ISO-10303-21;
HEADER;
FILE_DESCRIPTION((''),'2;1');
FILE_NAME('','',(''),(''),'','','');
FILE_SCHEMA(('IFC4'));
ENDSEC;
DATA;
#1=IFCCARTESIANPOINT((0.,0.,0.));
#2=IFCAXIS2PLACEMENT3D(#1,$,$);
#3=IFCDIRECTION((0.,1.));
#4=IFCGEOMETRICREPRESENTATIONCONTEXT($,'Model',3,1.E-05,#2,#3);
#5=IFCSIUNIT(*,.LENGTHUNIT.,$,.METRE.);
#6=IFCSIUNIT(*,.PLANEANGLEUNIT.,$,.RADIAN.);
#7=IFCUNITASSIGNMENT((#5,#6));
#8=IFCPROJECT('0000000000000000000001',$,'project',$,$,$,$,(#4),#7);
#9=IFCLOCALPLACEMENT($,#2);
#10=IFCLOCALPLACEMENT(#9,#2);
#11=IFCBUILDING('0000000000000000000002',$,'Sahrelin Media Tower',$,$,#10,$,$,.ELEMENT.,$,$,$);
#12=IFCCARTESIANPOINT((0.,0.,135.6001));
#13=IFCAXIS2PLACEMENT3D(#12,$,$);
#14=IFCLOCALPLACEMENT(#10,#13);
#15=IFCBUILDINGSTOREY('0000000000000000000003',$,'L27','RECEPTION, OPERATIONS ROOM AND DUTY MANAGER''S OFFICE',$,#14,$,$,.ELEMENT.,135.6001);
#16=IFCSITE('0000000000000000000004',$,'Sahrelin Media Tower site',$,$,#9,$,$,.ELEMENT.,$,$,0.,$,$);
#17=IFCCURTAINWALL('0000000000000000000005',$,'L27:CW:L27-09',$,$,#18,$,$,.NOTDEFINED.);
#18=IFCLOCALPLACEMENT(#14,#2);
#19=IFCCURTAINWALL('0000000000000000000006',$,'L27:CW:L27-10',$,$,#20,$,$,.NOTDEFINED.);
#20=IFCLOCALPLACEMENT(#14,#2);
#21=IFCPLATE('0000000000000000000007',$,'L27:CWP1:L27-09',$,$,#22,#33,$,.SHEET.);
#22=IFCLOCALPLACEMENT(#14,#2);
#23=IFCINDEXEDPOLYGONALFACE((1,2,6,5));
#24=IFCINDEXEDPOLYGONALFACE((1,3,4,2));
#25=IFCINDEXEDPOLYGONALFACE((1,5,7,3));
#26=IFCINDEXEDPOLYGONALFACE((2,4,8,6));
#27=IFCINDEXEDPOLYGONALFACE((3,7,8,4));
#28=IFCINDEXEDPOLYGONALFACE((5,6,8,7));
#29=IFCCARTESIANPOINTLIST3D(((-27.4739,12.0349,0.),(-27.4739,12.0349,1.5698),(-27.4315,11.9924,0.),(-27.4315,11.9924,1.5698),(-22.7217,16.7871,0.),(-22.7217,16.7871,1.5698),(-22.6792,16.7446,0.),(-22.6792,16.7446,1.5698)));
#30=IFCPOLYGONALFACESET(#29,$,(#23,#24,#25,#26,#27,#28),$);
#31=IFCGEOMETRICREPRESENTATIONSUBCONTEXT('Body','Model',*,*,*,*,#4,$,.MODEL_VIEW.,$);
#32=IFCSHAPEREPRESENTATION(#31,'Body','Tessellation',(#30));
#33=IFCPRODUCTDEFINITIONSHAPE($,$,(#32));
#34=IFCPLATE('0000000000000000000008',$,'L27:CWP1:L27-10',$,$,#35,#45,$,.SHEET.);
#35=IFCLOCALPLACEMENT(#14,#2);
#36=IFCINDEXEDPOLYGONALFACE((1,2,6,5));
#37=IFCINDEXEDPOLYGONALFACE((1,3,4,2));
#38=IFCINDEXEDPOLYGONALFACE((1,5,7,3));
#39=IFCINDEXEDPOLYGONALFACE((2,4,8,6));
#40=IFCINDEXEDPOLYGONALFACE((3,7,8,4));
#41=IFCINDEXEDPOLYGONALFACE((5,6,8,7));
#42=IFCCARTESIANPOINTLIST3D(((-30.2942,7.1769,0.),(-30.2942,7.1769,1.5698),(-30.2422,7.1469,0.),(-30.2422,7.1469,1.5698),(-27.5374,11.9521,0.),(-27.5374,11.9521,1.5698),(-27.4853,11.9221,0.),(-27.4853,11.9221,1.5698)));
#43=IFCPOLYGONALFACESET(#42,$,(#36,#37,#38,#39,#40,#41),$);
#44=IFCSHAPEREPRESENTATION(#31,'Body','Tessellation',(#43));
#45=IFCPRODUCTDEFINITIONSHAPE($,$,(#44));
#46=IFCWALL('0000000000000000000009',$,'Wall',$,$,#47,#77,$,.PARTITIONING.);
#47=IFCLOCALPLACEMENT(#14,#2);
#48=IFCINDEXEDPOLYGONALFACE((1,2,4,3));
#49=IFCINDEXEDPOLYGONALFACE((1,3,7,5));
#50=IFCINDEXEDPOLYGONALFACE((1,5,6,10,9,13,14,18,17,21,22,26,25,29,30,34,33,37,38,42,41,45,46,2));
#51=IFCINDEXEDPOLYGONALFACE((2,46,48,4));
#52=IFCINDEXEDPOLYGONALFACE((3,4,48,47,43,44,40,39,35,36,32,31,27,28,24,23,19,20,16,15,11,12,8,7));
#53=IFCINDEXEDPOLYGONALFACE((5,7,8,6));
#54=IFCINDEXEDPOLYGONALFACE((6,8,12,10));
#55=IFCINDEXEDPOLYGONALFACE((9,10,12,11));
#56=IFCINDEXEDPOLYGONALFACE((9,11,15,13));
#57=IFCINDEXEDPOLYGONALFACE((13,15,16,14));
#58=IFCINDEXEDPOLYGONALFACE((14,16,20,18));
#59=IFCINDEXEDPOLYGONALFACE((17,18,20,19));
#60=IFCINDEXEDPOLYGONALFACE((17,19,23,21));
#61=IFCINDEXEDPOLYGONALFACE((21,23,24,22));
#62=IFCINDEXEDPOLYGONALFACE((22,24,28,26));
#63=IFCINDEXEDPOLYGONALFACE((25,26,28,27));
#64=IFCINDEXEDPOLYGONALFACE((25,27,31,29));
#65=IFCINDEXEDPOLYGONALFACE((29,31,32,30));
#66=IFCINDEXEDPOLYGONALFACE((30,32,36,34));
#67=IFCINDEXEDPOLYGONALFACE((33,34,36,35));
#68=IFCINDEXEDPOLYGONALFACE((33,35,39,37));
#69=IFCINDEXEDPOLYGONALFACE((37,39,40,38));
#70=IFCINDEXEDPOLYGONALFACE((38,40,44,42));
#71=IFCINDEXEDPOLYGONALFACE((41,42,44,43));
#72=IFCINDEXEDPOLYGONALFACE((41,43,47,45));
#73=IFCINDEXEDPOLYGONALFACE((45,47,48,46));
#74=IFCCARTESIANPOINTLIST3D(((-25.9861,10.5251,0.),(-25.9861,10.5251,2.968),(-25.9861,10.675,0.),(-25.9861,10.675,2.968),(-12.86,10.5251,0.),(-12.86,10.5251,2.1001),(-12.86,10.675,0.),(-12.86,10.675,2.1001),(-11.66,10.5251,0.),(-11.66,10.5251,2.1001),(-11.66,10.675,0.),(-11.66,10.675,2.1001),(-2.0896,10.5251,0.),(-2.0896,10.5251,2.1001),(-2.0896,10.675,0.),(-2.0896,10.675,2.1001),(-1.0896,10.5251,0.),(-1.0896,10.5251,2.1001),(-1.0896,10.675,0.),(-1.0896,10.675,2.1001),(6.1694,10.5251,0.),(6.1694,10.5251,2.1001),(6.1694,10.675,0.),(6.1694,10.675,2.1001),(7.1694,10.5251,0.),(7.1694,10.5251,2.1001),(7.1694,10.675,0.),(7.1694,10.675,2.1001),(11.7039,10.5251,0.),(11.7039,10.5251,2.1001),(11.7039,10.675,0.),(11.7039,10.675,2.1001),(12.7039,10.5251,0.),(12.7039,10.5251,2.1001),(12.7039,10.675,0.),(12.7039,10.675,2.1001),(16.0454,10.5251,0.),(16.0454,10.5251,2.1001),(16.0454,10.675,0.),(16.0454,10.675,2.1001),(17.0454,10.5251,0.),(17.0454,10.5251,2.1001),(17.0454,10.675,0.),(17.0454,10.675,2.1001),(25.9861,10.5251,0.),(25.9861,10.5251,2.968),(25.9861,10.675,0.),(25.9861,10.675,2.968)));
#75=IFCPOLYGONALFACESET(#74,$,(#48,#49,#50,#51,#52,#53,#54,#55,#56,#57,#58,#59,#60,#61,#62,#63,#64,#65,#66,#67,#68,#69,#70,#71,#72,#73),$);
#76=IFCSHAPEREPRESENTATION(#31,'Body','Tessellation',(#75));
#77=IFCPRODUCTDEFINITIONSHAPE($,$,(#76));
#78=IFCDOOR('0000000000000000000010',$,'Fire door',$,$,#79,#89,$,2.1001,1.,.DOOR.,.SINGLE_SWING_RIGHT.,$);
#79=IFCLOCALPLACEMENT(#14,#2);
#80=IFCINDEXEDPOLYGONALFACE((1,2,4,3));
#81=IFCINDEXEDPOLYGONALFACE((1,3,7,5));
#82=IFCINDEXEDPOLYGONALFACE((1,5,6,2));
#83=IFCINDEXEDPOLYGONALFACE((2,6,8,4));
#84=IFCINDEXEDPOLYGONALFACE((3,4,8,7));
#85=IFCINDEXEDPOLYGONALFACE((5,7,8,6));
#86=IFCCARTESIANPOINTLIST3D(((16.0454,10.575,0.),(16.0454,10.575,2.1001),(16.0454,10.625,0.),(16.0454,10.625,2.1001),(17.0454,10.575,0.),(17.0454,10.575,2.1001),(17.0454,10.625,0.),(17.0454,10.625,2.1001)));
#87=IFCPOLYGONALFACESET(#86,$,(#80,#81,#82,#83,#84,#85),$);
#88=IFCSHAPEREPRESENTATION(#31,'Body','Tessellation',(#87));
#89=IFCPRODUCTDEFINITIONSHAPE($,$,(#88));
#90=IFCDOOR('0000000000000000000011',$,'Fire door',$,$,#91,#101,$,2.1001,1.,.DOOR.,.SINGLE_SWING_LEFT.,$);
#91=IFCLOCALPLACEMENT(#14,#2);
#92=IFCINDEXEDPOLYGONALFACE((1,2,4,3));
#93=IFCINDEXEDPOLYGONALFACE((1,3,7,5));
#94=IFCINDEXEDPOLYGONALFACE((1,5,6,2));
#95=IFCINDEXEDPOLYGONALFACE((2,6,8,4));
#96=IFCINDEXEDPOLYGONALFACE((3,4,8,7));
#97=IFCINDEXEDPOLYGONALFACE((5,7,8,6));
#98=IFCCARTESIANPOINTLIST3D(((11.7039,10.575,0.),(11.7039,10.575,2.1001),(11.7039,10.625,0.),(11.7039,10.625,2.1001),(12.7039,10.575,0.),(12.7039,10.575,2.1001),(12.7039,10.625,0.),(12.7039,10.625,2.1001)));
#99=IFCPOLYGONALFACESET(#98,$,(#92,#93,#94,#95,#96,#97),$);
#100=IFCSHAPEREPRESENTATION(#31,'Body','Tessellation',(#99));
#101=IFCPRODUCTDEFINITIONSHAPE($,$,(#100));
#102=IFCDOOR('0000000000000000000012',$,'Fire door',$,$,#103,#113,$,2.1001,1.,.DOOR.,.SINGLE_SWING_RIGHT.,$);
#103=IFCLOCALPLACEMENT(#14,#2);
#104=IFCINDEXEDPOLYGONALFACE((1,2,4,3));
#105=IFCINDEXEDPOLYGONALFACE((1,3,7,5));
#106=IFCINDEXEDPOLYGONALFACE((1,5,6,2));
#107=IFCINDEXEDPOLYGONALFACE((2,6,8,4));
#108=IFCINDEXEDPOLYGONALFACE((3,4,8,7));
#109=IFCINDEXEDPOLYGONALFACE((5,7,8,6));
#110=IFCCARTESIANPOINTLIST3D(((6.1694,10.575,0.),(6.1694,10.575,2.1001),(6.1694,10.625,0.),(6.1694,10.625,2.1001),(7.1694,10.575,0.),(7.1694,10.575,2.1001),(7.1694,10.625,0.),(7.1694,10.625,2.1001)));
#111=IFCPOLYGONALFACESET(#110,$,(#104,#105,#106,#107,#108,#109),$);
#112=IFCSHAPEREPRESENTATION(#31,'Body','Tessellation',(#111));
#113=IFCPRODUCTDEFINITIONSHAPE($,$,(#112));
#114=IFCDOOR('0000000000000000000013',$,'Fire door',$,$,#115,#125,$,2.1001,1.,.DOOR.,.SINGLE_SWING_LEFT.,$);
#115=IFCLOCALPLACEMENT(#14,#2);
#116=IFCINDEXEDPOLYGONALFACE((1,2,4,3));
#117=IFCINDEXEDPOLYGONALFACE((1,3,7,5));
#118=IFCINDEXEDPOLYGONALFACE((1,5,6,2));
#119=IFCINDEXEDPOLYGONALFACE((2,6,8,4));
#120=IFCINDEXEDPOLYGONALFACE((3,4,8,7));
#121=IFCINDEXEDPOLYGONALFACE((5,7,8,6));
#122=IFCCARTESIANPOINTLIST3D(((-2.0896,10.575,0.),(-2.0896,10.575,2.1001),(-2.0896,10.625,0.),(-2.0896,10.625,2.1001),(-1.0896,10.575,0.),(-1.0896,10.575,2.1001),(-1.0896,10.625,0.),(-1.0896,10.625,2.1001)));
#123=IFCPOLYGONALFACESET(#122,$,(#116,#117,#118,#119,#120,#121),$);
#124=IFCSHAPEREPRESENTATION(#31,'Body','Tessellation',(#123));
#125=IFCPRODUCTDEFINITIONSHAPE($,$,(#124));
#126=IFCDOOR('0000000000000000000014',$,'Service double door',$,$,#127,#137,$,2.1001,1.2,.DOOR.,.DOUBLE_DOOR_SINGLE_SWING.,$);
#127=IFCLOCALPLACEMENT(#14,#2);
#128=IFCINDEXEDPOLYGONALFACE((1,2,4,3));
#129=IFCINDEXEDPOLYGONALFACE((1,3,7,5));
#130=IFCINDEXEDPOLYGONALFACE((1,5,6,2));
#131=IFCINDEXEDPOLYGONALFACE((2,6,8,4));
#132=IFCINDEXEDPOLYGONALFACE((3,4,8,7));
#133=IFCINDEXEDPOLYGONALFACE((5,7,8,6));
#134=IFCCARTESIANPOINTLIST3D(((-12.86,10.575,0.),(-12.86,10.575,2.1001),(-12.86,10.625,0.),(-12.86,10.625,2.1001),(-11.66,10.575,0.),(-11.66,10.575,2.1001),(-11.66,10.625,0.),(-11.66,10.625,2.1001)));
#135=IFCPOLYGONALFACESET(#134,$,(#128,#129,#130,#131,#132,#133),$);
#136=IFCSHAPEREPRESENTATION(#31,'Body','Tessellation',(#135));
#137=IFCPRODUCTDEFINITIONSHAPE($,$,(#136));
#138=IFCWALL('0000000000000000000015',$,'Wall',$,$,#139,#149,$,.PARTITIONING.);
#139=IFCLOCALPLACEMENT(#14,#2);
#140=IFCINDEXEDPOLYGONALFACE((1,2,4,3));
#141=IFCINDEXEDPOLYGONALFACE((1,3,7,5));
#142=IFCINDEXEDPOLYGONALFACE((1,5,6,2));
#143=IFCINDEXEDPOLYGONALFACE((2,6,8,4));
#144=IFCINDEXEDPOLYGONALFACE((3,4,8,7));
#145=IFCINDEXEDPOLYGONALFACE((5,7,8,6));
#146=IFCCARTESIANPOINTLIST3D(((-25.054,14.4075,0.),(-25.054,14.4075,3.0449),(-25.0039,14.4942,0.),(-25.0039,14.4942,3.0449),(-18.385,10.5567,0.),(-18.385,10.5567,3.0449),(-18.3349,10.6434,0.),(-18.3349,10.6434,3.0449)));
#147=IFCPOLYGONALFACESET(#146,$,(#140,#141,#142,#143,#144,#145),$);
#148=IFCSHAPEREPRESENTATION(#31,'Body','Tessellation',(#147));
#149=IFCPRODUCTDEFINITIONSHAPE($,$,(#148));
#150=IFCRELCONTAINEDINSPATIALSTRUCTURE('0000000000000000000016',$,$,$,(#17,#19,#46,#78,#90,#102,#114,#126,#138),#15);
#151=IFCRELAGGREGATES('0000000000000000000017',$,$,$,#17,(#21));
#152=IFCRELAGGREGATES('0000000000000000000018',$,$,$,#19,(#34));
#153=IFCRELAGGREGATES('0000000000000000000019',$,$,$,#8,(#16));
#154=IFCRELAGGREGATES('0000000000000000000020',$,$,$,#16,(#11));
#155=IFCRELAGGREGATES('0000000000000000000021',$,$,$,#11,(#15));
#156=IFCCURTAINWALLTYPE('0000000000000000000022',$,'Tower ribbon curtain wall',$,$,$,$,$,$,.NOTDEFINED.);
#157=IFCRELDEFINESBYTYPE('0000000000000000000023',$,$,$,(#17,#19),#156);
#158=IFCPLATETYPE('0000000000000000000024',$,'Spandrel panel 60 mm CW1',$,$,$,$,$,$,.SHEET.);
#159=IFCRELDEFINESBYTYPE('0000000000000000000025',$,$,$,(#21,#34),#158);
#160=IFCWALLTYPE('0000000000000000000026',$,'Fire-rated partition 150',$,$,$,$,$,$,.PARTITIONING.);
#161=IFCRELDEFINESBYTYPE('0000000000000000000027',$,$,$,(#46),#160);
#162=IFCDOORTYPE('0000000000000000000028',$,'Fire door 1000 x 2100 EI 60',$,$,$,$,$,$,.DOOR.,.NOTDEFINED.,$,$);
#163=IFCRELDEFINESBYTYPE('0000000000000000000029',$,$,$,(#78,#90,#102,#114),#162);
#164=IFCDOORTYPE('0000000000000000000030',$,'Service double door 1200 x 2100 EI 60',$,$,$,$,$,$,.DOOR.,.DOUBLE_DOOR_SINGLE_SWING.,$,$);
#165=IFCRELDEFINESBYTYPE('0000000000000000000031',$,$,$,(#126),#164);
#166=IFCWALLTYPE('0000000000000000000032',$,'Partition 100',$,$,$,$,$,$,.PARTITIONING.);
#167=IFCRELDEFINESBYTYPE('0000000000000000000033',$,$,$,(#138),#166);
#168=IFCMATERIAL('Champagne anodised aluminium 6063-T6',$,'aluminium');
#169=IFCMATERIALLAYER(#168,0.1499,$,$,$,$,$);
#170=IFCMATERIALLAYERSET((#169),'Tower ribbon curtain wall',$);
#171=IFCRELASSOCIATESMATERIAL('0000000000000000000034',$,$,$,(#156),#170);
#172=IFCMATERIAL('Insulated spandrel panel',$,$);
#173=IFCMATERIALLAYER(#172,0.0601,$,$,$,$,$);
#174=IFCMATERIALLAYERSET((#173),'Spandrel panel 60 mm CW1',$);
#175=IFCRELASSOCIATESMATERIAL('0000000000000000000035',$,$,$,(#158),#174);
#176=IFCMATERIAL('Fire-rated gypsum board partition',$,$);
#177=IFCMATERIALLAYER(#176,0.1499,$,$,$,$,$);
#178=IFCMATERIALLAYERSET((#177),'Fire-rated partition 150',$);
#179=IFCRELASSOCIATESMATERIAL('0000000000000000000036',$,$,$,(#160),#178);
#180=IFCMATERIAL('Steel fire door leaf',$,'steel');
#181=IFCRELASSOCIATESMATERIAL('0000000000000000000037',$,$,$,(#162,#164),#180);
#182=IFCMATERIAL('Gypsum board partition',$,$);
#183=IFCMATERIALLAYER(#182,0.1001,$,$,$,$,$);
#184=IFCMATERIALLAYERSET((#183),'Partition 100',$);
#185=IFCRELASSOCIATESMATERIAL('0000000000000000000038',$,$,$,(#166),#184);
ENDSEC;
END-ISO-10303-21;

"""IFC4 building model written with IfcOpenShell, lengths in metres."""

from ifc_helpers import new_model, si_unit, direction, frame, frame_2d, origin, place, context, subcontext, project, spatial, polyline, rectangle, outline, extrude, material, layer, layer_set, type_object, element, fill, aggregate, save


model = new_model("IFC4")

# Units and contexts
model_context = context("Model", 3, precision=1e-05, world=origin(), true_north=direction((0.0, 1.0)))
body_context = subcontext(model_context, "Body", "Model", "MODEL_VIEW")
ifc_project = project(units=[si_unit("LENGTHUNIT", "METRE"), si_unit("PLANEANGLEUNIT", "RADIAN")], contexts=[model_context])

# Site, building, storey
site_placement = place(None, origin())
site = spatial("IfcSite", under=ifc_project, at=site_placement, Name="Sahrelin Media Tower site", CompositionType="ELEMENT", RefElevation=0.0)
building_placement = place(site_placement, origin())
building = spatial("IfcBuilding", under=site, at=building_placement, Name="Sahrelin Media Tower", CompositionType="ELEMENT")
storey_placement = place(building_placement, frame((0.0, 0.0, 135.6001)))
storey = spatial("IfcBuildingStorey", under=building, at=storey_placement, Name="L27", Description="RECEPTION, OPERATIONS ROOM AND DUTY MANAGER'S OFFICE", CompositionType="ELEMENT", Elevation=135.6001)

# Curtain wall
ifc_material_1 = material(Name="Champagne anodised aluminium 6063-T6", Category="aluminium")
ifc_layer_1 = layer(ifc_material_1, 0.1499)
ifc_layer_set_1 = layer_set([ifc_layer_1], Name="Tower ribbon curtain wall")
curtain_wall_type = type_object("IfcCurtainWallType", Name="Tower ribbon curtain wall", PredefinedType="NOTDEFINED", material=ifc_layer_set_1)
curtain_wall_1_placement = place(storey_placement, frame((-25.0835, 14.3967, 0.0), z_axis=(0.0, 0.0, 1.0), x_axis=(1.0, 0.0, 0.0)))
curtain_wall_1 = element("IfcCurtainWall", 1, at=curtain_wall_1_placement, inside=storey, type_object=curtain_wall_type, Name="L27:CW:L27-09", PredefinedType="NOTDEFINED")

# Curtain wall
curtain_wall_2_placement = place(storey_placement, frame((-28.8984, 9.5547, 0.0), z_axis=(0.0, 0.0, 1.0), x_axis=(1.0, 0.0, 0.0)))
curtain_wall_2 = element("IfcCurtainWall", 2, at=curtain_wall_2_placement, inside=storey, type_object=curtain_wall_type, Name="L27:CW:L27-10", PredefinedType="NOTDEFINED")

# Plates
ifc_material_2 = material(Name="Insulated spandrel panel")
ifc_layer_2 = layer(ifc_material_2, 0.0601)
ifc_layer_set_2 = layer_set([ifc_layer_2], Name="Spandrel panel 60 mm CW1")
plate_type_1 = type_object("IfcPlateType", Name="Spandrel panel 60 mm CW1", PredefinedType="SHEET", material=ifc_layer_set_2)
plate_1_placement = place(storey_placement, frame((-22.7217, 16.7871, 0.0), z_axis=(-0.707107, 0.707107, 0.0), x_axis=(-0.707107, -0.707107, 0.0)))
plate_1 = element("IfcPlate", 3, at=plate_1_placement, type_object=plate_type_1, Name="L27:CWP1:L27-09", PredefinedType="SHEET", context=body_context, shape_type="SweptSolid", body=[
    extrude(outline(polyline([(0.0, 0.0), (6.7207, 0.0), (6.7207, 1.5698), (0.0, 1.5698), (0.0, 0.0)])), origin(), (0.0, 0.0, -1.0), 0.0601),
])
aggregate(curtain_wall_1, [plate_1])
plate_2_placement = place(storey_placement, frame((-27.5374, 11.9521, 0.0), z_axis=(-0.866033, 0.499987, 0.0), x_axis=(-0.499987, -0.866033, 0.0)))
plate_2 = element("IfcPlate", 4, at=plate_2_placement, type_object=plate_type_1, Name="L27:CWP1:L27-10", PredefinedType="SHEET", context=body_context, shape_type="SweptSolid", body=[
    extrude(outline(polyline([(0.0, 0.0), (5.5139, 0.0), (5.5139, 1.5698), (0.0, 1.5698), (0.0, 0.0)])), origin(), (0.0, 0.0, -1.0), 0.0601),
])
aggregate(curtain_wall_2, [plate_2])

# Wall, openings, doors
ifc_material_3 = material(Name="Fire-rated gypsum board partition")
ifc_layer_3 = layer(ifc_material_3, 0.1499)
ifc_layer_set_3 = layer_set([ifc_layer_3], Name="Fire-rated partition 150")
wall_type_1 = type_object("IfcWallType", Name="Fire-rated partition 150", PredefinedType="PARTITIONING", material=ifc_layer_set_3)
wall_1_placement = place(storey_placement, frame((-25.9861, 10.6001, 0.0), z_axis=(0.0, 0.0, 1.0), x_axis=(1.0, 0.0, 0.0)))
wall_1 = element("IfcWall", 5, at=wall_1_placement, inside=storey, type_object=wall_type_1, Name="Wall", PredefinedType="PARTITIONING", context=body_context, shape_type="SweptSolid", body=[
    extrude(rectangle(XDim=51.9722, YDim=0.1499, at=frame_2d((25.9861, 0.0))), origin(), (0.0, 0.0, 1.0), 2.968),
])
opening_1_placement = place(wall_1_placement, frame((42.0315, 0.0, 0.0)))
opening_1 = element("IfcOpeningElement", 6, at=opening_1_placement, cuts=wall_1, PredefinedType="OPENING", context=body_context, shape_type="SweptSolid", body=[
    extrude(rectangle(XDim=1.0, YDim=2.1001, at=frame_2d((0.5, 1.05))), frame((0.0, 0.075, 0.0), z_axis=(0.0, -1.0, 0.0), x_axis=(1.0, 0.0, 0.0)), (0.0, 0.0, 1.0), 0.1499),
])
opening_2_placement = place(wall_1_placement, frame((37.6899, 0.0, 0.0)))
opening_2 = element("IfcOpeningElement", 7, at=opening_2_placement, cuts=wall_1, PredefinedType="OPENING", context=body_context, shape_type="SweptSolid", body=[
    extrude(rectangle(XDim=1.0, YDim=2.1001, at=frame_2d((0.5, 1.05))), frame((0.0, 0.075, 0.0), z_axis=(0.0, -1.0, 0.0), x_axis=(1.0, 0.0, 0.0)), (0.0, 0.0, 1.0), 0.1499),
])
opening_3_placement = place(wall_1_placement, frame((32.1555, 0.0, 0.0)))
opening_3 = element("IfcOpeningElement", 8, at=opening_3_placement, cuts=wall_1, PredefinedType="OPENING", context=body_context, shape_type="SweptSolid", body=[
    extrude(rectangle(XDim=1.0, YDim=2.1001, at=frame_2d((0.5, 1.05))), frame((0.0, 0.075, 0.0), z_axis=(0.0, -1.0, 0.0), x_axis=(1.0, 0.0, 0.0)), (0.0, 0.0, 1.0), 0.1499),
])
opening_4_placement = place(wall_1_placement, frame((23.8965, 0.0, 0.0)))
opening_4 = element("IfcOpeningElement", 9, at=opening_4_placement, cuts=wall_1, PredefinedType="OPENING", context=body_context, shape_type="SweptSolid", body=[
    extrude(rectangle(XDim=1.0, YDim=2.1001, at=frame_2d((0.5, 1.05))), frame((0.0, 0.075, 0.0), z_axis=(0.0, -1.0, 0.0), x_axis=(1.0, 0.0, 0.0)), (0.0, 0.0, 1.0), 0.1499),
])
opening_5_placement = place(wall_1_placement, frame((13.126, 0.0, 0.0)))
opening_5 = element("IfcOpeningElement", 10, at=opening_5_placement, cuts=wall_1, PredefinedType="OPENING", context=body_context, shape_type="SweptSolid", body=[
    extrude(rectangle(XDim=1.2, YDim=2.1001, at=frame_2d((0.6001, 1.05))), frame((0.0, 0.075, 0.0), z_axis=(0.0, -1.0, 0.0), x_axis=(1.0, 0.0, 0.0)), (0.0, 0.0, 1.0), 0.1499),
])
ifc_material_4 = material(Name="Steel fire door leaf", Category="steel")
door_type_1 = type_object("IfcDoorType", Name="Fire door 1000 x 2100 EI 60", OperationType="NOTDEFINED", PredefinedType="DOOR", material=ifc_material_4)
door_1_placement = place(opening_1_placement, origin())
door_1 = element("IfcDoor", 11, at=door_1_placement, inside=storey, type_object=door_type_1, Name="Fire door", OperationType="SINGLE_SWING_RIGHT", OverallHeight=2.1001, OverallWidth=1.0, PredefinedType="DOOR", context=body_context, shape_type="SweptSolid", body=[
    extrude(rectangle(XDim=1.0, YDim=2.1001, at=frame_2d((0.5, 1.05))), frame((0.0, 0.0249, 0.0), z_axis=(0.0, -1.0, 0.0), x_axis=(1.0, 0.0, 0.0)), (0.0, 0.0, 1.0), 0.05),
])
fill(opening_1, door_1)
door_2_placement = place(opening_2_placement, origin())
door_2 = element("IfcDoor", 12, at=door_2_placement, inside=storey, type_object=door_type_1, Name="Fire door", OperationType="SINGLE_SWING_LEFT", OverallHeight=2.1001, OverallWidth=1.0, PredefinedType="DOOR", context=body_context, shape_type="SweptSolid", body=[
    extrude(rectangle(XDim=1.0, YDim=2.1001, at=frame_2d((0.5, 1.05))), frame((0.0, 0.0249, 0.0), z_axis=(0.0, -1.0, 0.0), x_axis=(1.0, 0.0, 0.0)), (0.0, 0.0, 1.0), 0.05),
])
fill(opening_2, door_2)
door_3_placement = place(opening_3_placement, origin())
door_3 = element("IfcDoor", 13, at=door_3_placement, inside=storey, type_object=door_type_1, Name="Fire door", OperationType="SINGLE_SWING_RIGHT", OverallHeight=2.1001, OverallWidth=1.0, PredefinedType="DOOR", context=body_context, shape_type="SweptSolid", body=[
    extrude(rectangle(XDim=1.0, YDim=2.1001, at=frame_2d((0.5, 1.05))), frame((0.0, 0.0249, 0.0), z_axis=(0.0, -1.0, 0.0), x_axis=(1.0, 0.0, 0.0)), (0.0, 0.0, 1.0), 0.05),
])
fill(opening_3, door_3)
door_4_placement = place(opening_4_placement, origin())
door_4 = element("IfcDoor", 14, at=door_4_placement, inside=storey, type_object=door_type_1, Name="Fire door", OperationType="SINGLE_SWING_LEFT", OverallHeight=2.1001, OverallWidth=1.0, PredefinedType="DOOR", context=body_context, shape_type="SweptSolid", body=[
    extrude(rectangle(XDim=1.0, YDim=2.1001, at=frame_2d((0.5, 1.05))), frame((0.0, 0.0249, 0.0), z_axis=(0.0, -1.0, 0.0), x_axis=(1.0, 0.0, 0.0)), (0.0, 0.0, 1.0), 0.05),
])
fill(opening_4, door_4)
door_type_2 = type_object("IfcDoorType", Name="Service double door 1200 x 2100 EI 60", OperationType="DOUBLE_DOOR_SINGLE_SWING", PredefinedType="DOOR", material=ifc_material_4)
door_5_placement = place(opening_5_placement, origin())
door_5 = element("IfcDoor", 15, at=door_5_placement, inside=storey, type_object=door_type_2, Name="Service double door", OperationType="DOUBLE_DOOR_SINGLE_SWING", OverallHeight=2.1001, OverallWidth=1.2, PredefinedType="DOOR", context=body_context, shape_type="SweptSolid", body=[
    extrude(rectangle(XDim=1.2, YDim=2.1001, at=frame_2d((0.6001, 1.05))), frame((0.0, 0.0249, 0.0), z_axis=(0.0, -1.0, 0.0), x_axis=(1.0, 0.0, 0.0)), (0.0, 0.0, 1.0), 0.05),
])
fill(opening_5, door_5)

# Wall
ifc_material_5 = material(Name="Gypsum board partition")
ifc_layer_4 = layer(ifc_material_5, 0.1001)
ifc_layer_set_4 = layer_set([ifc_layer_4], Name="Partition 100")
wall_type_2 = type_object("IfcWallType", Name="Partition 100", PredefinedType="PARTITIONING", material=ifc_layer_set_4)
wall_2_placement = place(storey_placement, frame((-25.0291, 14.4509, 0.0), z_axis=(0.0, 0.0, 1.0), x_axis=(0.865997, -0.50005, 0.0)))
element("IfcWall", 16, at=wall_2_placement, inside=storey, type_object=wall_type_2, Name="Wall", PredefinedType="PARTITIONING", context=body_context, shape_type="SweptSolid", body=[
    extrude(rectangle(XDim=7.7009, YDim=0.1001, at=frame_2d((3.8506, 0.0))), origin(), (0.0, 0.0, 1.0), 3.0449),
])

save(model, "model.ifc")
